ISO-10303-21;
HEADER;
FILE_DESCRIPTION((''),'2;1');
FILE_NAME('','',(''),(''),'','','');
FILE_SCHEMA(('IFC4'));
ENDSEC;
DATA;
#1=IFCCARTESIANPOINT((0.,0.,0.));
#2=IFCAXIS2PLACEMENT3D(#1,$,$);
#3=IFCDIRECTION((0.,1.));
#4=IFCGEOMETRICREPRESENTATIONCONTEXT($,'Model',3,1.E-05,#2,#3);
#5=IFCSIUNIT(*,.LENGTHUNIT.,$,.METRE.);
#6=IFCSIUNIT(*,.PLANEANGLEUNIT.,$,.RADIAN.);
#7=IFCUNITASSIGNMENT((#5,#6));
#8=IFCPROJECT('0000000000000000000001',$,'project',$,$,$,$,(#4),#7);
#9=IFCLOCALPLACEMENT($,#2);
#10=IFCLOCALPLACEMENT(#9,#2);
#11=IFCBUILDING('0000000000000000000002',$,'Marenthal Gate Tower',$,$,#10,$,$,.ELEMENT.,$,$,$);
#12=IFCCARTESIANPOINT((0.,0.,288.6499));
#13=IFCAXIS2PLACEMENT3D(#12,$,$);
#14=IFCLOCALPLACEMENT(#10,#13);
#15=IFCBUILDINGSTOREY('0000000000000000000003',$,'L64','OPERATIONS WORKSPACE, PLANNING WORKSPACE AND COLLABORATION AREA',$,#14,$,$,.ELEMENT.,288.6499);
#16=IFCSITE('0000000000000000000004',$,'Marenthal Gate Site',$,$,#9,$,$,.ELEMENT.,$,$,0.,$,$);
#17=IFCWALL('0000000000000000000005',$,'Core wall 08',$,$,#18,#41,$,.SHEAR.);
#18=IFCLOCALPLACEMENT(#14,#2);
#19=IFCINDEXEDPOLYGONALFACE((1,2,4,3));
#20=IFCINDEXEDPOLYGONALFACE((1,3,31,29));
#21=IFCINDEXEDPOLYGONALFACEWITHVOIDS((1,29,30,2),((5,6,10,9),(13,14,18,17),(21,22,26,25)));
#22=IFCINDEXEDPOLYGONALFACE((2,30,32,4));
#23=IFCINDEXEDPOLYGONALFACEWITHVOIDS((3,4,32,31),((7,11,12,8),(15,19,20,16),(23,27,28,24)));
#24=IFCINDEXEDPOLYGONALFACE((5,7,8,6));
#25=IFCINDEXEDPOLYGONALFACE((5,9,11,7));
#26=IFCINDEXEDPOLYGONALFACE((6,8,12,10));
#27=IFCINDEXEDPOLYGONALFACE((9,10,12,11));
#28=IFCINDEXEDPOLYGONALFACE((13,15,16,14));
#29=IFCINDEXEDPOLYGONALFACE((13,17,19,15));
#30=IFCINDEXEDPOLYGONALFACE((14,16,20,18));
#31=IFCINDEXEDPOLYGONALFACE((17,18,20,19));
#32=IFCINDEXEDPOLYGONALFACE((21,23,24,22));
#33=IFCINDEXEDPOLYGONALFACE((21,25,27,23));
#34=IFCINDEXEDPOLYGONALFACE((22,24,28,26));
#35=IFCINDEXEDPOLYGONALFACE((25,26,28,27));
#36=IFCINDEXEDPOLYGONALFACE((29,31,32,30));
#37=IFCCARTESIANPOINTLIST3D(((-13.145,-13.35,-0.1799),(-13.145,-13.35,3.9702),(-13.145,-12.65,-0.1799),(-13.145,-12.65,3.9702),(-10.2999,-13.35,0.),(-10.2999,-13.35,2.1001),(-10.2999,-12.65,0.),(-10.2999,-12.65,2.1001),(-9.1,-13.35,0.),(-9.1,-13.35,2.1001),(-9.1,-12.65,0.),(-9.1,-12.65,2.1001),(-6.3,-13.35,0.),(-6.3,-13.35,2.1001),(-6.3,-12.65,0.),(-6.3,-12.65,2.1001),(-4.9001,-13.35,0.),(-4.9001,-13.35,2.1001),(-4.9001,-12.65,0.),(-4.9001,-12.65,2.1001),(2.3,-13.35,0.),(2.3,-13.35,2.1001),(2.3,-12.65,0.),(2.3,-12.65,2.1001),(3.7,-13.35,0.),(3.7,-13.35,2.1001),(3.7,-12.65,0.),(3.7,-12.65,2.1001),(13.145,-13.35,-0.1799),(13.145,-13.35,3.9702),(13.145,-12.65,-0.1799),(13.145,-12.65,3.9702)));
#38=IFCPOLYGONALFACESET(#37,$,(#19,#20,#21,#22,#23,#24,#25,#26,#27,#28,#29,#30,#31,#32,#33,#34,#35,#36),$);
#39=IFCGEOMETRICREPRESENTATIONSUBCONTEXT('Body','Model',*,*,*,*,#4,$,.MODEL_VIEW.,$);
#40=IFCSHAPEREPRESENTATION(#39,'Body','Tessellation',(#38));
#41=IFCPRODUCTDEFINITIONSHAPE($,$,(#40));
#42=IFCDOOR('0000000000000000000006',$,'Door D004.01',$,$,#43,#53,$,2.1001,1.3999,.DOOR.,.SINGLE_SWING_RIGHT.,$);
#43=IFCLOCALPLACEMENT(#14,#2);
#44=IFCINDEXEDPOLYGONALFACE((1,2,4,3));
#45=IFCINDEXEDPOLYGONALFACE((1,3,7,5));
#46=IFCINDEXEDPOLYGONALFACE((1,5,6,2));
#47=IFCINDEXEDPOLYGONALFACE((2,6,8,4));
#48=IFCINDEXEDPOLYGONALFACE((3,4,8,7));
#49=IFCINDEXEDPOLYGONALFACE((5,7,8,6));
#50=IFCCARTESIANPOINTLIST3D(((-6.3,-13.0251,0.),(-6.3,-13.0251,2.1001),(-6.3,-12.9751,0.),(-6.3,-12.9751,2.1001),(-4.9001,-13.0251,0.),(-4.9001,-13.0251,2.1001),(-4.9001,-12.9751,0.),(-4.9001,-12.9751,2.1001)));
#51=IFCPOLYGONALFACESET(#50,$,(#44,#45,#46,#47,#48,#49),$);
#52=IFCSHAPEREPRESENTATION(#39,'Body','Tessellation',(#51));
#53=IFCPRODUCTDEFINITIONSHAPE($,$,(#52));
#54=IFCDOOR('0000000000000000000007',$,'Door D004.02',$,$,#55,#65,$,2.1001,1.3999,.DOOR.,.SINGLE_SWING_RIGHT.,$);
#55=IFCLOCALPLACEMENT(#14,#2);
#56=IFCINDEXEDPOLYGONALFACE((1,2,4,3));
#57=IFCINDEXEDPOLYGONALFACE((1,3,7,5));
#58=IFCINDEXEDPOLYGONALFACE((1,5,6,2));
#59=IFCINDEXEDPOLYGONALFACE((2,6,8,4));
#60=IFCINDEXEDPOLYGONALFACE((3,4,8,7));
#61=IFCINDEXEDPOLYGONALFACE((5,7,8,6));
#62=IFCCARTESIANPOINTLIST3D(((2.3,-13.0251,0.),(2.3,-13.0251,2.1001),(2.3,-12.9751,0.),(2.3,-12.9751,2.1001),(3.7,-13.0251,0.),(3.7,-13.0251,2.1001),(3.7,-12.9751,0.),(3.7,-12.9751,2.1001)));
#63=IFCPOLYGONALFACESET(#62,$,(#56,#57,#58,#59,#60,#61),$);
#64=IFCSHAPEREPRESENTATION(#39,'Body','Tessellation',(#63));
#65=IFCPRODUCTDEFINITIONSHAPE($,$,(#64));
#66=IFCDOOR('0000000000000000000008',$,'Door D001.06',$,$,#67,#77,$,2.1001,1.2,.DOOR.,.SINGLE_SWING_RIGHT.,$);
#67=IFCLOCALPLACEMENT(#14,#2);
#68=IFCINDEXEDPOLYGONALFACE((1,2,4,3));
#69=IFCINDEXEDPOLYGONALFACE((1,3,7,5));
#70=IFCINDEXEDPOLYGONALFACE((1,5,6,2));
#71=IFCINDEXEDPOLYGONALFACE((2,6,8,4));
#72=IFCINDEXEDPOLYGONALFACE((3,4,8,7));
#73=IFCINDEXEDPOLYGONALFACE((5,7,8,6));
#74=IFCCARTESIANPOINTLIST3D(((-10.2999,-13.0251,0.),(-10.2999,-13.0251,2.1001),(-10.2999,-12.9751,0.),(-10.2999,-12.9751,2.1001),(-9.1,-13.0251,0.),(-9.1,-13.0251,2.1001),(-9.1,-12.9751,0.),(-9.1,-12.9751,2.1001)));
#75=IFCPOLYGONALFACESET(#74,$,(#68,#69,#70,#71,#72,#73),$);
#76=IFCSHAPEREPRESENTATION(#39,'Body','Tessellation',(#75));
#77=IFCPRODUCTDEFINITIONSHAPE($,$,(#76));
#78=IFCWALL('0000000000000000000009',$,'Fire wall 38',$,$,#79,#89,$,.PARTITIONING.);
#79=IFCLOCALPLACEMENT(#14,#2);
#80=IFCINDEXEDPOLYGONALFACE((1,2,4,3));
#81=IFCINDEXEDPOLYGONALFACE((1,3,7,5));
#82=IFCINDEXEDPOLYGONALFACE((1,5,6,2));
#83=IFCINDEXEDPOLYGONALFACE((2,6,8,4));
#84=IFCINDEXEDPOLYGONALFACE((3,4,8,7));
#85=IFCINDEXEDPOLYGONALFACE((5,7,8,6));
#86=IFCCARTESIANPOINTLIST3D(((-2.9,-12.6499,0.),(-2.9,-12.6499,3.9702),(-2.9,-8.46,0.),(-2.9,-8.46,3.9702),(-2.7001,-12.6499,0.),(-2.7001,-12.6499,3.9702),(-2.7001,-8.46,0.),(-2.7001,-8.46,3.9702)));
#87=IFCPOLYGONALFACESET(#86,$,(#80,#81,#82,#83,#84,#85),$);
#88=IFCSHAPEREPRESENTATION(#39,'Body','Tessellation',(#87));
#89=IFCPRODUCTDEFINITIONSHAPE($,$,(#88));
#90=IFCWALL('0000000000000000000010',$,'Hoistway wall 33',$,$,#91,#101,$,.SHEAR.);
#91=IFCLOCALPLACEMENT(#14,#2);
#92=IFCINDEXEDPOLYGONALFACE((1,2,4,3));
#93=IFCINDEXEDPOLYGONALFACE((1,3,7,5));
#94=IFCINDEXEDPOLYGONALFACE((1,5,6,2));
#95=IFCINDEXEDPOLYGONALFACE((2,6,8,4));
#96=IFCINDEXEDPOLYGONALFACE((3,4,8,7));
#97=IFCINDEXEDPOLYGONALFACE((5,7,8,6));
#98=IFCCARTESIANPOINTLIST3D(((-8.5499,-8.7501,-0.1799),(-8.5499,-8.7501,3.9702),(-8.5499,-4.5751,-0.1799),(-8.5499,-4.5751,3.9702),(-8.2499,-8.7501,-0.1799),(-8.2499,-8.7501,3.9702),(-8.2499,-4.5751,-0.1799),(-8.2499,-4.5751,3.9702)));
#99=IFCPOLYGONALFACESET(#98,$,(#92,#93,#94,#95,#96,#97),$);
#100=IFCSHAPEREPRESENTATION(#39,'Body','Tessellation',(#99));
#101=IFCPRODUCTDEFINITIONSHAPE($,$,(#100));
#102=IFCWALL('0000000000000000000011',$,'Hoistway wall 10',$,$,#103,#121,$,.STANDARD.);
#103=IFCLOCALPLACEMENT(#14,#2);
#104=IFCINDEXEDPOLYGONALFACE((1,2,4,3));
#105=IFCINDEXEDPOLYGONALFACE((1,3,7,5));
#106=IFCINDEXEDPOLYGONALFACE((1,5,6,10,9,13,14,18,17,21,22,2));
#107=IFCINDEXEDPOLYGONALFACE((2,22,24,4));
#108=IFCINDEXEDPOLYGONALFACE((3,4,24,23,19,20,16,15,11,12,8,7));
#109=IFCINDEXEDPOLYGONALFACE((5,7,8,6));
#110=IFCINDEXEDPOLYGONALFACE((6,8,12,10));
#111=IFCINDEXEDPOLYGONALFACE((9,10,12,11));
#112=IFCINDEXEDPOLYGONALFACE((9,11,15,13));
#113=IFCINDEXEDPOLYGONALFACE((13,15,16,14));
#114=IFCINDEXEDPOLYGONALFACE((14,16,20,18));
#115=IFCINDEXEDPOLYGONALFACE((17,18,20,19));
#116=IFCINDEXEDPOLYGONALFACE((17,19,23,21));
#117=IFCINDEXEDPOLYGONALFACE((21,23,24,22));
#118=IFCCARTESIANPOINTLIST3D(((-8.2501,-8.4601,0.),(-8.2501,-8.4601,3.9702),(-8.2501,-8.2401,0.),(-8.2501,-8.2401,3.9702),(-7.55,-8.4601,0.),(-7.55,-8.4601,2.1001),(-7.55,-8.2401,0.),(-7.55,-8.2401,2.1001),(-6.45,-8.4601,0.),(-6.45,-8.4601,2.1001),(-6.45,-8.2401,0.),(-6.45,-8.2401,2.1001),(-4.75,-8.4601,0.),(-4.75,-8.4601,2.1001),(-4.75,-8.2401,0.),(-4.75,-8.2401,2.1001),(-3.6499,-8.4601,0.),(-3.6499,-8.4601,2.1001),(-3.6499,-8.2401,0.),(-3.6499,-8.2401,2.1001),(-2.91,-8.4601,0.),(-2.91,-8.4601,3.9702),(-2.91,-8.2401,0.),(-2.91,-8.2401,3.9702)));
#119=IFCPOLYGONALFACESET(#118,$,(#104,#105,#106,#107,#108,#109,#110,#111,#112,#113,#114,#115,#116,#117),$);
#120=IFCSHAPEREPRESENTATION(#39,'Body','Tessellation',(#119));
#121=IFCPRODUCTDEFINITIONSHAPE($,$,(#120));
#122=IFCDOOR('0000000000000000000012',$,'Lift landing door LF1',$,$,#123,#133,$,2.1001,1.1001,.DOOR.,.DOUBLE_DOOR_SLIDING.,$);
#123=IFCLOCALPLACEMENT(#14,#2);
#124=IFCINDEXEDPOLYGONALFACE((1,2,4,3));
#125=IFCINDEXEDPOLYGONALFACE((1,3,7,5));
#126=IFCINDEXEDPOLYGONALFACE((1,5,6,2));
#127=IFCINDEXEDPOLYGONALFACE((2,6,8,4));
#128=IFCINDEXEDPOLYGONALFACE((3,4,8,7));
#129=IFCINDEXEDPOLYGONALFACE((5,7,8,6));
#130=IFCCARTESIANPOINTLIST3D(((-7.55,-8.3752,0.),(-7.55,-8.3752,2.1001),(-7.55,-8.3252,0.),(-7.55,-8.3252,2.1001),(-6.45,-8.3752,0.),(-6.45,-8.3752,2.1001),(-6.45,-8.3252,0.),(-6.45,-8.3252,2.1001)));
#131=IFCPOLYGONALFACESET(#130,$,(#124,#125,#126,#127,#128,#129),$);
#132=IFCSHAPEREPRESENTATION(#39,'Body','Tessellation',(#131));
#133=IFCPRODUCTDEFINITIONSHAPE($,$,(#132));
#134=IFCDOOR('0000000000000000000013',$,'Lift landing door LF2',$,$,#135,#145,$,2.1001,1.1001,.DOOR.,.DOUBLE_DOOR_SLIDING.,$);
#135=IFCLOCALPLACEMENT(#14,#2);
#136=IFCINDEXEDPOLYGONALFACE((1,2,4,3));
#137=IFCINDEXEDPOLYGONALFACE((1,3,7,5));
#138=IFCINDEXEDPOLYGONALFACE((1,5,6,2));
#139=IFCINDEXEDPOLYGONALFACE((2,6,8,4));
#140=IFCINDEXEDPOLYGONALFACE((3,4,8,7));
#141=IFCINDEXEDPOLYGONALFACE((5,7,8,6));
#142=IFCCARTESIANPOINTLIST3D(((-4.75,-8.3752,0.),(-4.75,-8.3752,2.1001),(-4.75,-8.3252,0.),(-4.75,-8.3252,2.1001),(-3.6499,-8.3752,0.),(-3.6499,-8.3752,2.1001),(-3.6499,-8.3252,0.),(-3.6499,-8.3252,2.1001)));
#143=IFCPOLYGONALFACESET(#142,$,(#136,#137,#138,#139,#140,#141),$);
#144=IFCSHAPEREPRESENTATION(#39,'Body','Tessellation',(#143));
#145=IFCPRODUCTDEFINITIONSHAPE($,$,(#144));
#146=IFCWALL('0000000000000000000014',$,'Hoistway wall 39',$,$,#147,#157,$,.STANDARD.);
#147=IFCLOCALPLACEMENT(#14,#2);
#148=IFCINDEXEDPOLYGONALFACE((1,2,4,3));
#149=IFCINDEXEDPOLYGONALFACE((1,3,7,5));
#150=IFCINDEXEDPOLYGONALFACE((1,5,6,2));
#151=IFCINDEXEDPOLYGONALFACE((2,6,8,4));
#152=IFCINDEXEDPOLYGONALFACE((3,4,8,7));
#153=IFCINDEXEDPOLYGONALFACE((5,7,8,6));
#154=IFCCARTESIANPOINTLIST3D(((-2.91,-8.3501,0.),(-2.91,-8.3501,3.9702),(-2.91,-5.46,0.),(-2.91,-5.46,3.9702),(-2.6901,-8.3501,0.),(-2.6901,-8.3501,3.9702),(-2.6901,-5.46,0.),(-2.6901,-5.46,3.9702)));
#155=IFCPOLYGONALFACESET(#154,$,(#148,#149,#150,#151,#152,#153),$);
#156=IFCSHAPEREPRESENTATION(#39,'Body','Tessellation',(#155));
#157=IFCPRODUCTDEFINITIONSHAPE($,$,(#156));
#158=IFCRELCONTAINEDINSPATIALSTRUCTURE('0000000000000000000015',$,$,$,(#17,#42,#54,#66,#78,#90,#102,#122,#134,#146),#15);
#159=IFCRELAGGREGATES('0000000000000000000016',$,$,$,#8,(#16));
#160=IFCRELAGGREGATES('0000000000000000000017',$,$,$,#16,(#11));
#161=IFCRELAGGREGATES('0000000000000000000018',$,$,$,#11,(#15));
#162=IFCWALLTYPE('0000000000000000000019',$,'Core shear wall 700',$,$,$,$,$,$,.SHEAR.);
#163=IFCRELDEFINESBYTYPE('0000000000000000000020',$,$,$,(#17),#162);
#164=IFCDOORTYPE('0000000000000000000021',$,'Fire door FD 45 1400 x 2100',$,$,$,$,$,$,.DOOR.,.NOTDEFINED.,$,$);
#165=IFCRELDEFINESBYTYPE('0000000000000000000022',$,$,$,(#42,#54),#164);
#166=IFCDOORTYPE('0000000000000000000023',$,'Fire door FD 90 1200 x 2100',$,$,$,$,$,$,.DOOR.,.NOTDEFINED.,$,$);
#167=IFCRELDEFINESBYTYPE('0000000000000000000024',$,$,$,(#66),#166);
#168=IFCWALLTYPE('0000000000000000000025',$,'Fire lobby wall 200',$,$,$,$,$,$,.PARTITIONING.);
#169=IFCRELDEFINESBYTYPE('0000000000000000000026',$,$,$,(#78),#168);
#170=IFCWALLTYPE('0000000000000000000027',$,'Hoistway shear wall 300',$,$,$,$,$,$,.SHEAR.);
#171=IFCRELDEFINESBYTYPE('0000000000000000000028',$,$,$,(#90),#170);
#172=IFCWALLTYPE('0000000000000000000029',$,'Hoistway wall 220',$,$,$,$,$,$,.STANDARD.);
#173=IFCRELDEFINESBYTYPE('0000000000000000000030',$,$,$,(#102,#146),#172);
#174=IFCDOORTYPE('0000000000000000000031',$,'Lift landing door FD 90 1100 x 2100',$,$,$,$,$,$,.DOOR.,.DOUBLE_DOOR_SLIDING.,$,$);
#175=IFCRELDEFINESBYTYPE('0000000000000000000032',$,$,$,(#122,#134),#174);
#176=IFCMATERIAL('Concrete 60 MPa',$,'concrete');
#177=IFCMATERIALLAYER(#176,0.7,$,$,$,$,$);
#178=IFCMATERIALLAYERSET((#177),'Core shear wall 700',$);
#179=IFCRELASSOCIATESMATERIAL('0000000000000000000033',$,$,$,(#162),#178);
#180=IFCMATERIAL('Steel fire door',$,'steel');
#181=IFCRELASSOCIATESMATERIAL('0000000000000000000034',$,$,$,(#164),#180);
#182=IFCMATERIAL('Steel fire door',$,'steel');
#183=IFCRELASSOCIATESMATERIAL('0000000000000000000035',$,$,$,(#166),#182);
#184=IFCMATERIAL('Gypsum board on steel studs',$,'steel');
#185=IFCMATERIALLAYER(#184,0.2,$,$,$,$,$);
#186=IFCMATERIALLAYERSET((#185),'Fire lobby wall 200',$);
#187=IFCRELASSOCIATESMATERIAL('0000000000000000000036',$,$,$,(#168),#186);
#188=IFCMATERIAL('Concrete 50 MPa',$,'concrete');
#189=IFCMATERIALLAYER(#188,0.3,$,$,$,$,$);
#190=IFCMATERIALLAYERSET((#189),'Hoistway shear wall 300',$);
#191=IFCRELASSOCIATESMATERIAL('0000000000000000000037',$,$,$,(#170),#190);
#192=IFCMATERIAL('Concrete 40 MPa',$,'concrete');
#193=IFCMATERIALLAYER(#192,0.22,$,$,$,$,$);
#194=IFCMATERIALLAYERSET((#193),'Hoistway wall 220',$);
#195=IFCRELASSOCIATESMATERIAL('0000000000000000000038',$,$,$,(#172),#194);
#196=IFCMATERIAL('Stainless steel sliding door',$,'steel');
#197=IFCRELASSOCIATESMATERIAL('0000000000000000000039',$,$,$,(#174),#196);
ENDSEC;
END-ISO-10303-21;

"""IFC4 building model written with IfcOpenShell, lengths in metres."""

from ifc_helpers import new_model, si_unit, direction, frame, frame_2d, origin, place, context, subcontext, project, spatial, rectangle, extrude, material, layer, layer_set, type_object, element, fill, save


model = new_model("IFC4")

# Units and contexts
model_context = context("Model", 3, precision=1e-05, world=origin(), true_north=direction((0.0, 1.0)))
body_context = subcontext(model_context, "Body", "Model", "MODEL_VIEW")
ifc_project = project(units=[si_unit("LENGTHUNIT", "METRE"), si_unit("PLANEANGLEUNIT", "RADIAN")], contexts=[model_context])

# Site, building, storey
site_placement = place(None, origin())
site = spatial("IfcSite", under=ifc_project, at=site_placement, Name="Marenthal Gate Site", CompositionType="ELEMENT", RefElevation=0.0)
building_placement = place(site_placement, origin())
building = spatial("IfcBuilding", under=site, at=building_placement, Name="Marenthal Gate Tower", CompositionType="ELEMENT")
storey_placement = place(building_placement, frame((0.0, 0.0, 288.6499)))
storey = spatial("IfcBuildingStorey", under=building, at=storey_placement, Name="L64", Description="OPERATIONS WORKSPACE, PLANNING WORKSPACE AND COLLABORATION AREA", CompositionType="ELEMENT", Elevation=288.6499)

# Wall, openings, doors
ifc_material_1 = material(Name="Concrete 60 MPa", Category="concrete")
ifc_layer_1 = layer(ifc_material_1, 0.7)
ifc_layer_set_1 = layer_set([ifc_layer_1], Name="Core shear wall 700")
wall_type_1 = type_object("IfcWallType", Name="Core shear wall 700", PredefinedType="SHEAR", material=ifc_layer_set_1)
wall_1_placement = place(storey_placement, frame((-13.145, -13.0, -0.1799), z_axis=(0.0, 0.0, 1.0), x_axis=(1.0, 0.0, 0.0)))
wall_1 = element("IfcWall", 1, at=wall_1_placement, inside=storey, type_object=wall_type_1, Name="Core wall 08", PredefinedType="SHEAR", context=body_context, shape_type="SweptSolid", body=[
    extrude(rectangle(XDim=26.29, YDim=0.7, at=frame_2d((13.145, 0.0))), origin(), (0.0, 0.0, 1.0), 4.1501),
])
opening_1_placement = place(wall_1_placement, frame((2.845, 0.0, 0.1799)))
opening_1 = element("IfcOpeningElement", 2, at=opening_1_placement, cuts=wall_1, PredefinedType="OPENING", context=body_context, shape_type="SweptSolid", body=[
    extrude(rectangle(XDim=1.2, YDim=2.1001, at=frame_2d((0.6001, 1.05))), frame((0.0, 0.3599, 0.0), z_axis=(0.0, -1.0, 0.0), x_axis=(1.0, 0.0, 0.0)), (0.0, 0.0, 1.0), 0.72),
])
opening_2_placement = place(wall_1_placement, frame((6.845, 0.0, 0.1799)))
opening_2 = element("IfcOpeningElement", 3, at=opening_2_placement, cuts=wall_1, PredefinedType="OPENING", context=body_context, shape_type="SweptSolid", body=[
    extrude(rectangle(XDim=1.3999, YDim=2.1001, at=frame_2d((0.7, 1.05))), frame((0.0, 0.3599, 0.0), z_axis=(0.0, -1.0, 0.0), x_axis=(1.0, 0.0, 0.0)), (0.0, 0.0, 1.0), 0.72),
])
opening_3_placement = place(wall_1_placement, frame((15.4451, 0.0, 0.1799)))
opening_3 = element("IfcOpeningElement", 4, at=opening_3_placement, cuts=wall_1, PredefinedType="OPENING", context=body_context, shape_type="SweptSolid", body=[
    extrude(rectangle(XDim=1.3999, YDim=2.1001, at=frame_2d((0.7, 1.05))), frame((0.0, 0.3599, 0.0), z_axis=(0.0, -1.0, 0.0), x_axis=(1.0, 0.0, 0.0)), (0.0, 0.0, 1.0), 0.72),
])
ifc_material_2 = material(Name="Steel fire door", Category="steel")
door_type_1 = type_object("IfcDoorType", Name="Fire door FD 45 1400 x 2100", OperationType="NOTDEFINED", PredefinedType="DOOR", material=ifc_material_2)
door_1_placement = place(opening_2_placement, origin())
door_1 = element("IfcDoor", 5, at=door_1_placement, inside=storey, type_object=door_type_1, Name="Door D004.01", OperationType="SINGLE_SWING_RIGHT", OverallHeight=2.1001, OverallWidth=1.3999, PredefinedType="DOOR", context=body_context, shape_type="SweptSolid", body=[
    extrude(rectangle(XDim=1.3999, YDim=2.1001, at=frame_2d((0.7, 1.05))), frame((0.0, 0.0249, 0.0), z_axis=(0.0, -1.0, 0.0), x_axis=(1.0, 0.0, 0.0)), (0.0, 0.0, 1.0), 0.05),
])
fill(opening_2, door_1)
door_2_placement = place(opening_3_placement, origin())
door_2 = element("IfcDoor", 6, at=door_2_placement, inside=storey, type_object=door_type_1, Name="Door D004.02", OperationType="SINGLE_SWING_RIGHT", OverallHeight=2.1001, OverallWidth=1.3999, PredefinedType="DOOR", context=body_context, shape_type="SweptSolid", body=[
    extrude(rectangle(XDim=1.3999, YDim=2.1001, at=frame_2d((0.7, 1.05))), frame((0.0, 0.0249, 0.0), z_axis=(0.0, -1.0, 0.0), x_axis=(1.0, 0.0, 0.0)), (0.0, 0.0, 1.0), 0.05),
])
fill(opening_3, door_2)
ifc_material_3 = material(Name="Steel fire door", Category="steel")
door_type_2 = type_object("IfcDoorType", Name="Fire door FD 90 1200 x 2100", OperationType="NOTDEFINED", PredefinedType="DOOR", material=ifc_material_3)
door_3_placement = place(opening_1_placement, origin())
door_3 = element("IfcDoor", 7, at=door_3_placement, inside=storey, type_object=door_type_2, Name="Door D001.06", OperationType="SINGLE_SWING_RIGHT", OverallHeight=2.1001, OverallWidth=1.2, PredefinedType="DOOR", context=body_context, shape_type="SweptSolid", body=[
    extrude(rectangle(XDim=1.2, YDim=2.1001, at=frame_2d((0.6001, 1.05))), frame((0.0, 0.0249, 0.0), z_axis=(0.0, -1.0, 0.0), x_axis=(1.0, 0.0, 0.0)), (0.0, 0.0, 1.0), 0.05),
])
fill(opening_1, door_3)

# Walls
ifc_material_4 = material(Name="Gypsum board on steel studs", Category="steel")
ifc_layer_2 = layer(ifc_material_4, 0.2)
ifc_layer_set_2 = layer_set([ifc_layer_2], Name="Fire lobby wall 200")
wall_type_2 = type_object("IfcWallType", Name="Fire lobby wall 200", PredefinedType="PARTITIONING", material=ifc_layer_set_2)
wall_2_placement = place(storey_placement, frame((-2.8, -12.6499, 0.0), z_axis=(0.0, 0.0, 1.0), x_axis=(0.0, 1.0, 0.0)))
element("IfcWall", 8, at=wall_2_placement, inside=storey, type_object=wall_type_2, Name="Fire wall 38", PredefinedType="PARTITIONING", context=body_context, shape_type="SweptSolid", body=[
    extrude(rectangle(XDim=4.1899, YDim=0.2, at=frame_2d((2.095, 0.0))), origin(), (0.0, 0.0, 1.0), 3.9702),
])
ifc_material_5 = material(Name="Concrete 50 MPa", Category="concrete")
ifc_layer_3 = layer(ifc_material_5, 0.3)
ifc_layer_set_3 = layer_set([ifc_layer_3], Name="Hoistway shear wall 300")
wall_type_3 = type_object("IfcWallType", Name="Hoistway shear wall 300", PredefinedType="SHEAR", material=ifc_layer_set_3)
wall_3_placement = place(storey_placement, frame((-8.3999, -8.75, -0.1799), z_axis=(0.0, 0.0, 1.0), x_axis=(0.0, 1.0, 0.0)))
element("IfcWall", 9, at=wall_3_placement, inside=storey, type_object=wall_type_3, Name="Hoistway wall 33", PredefinedType="SHEAR", context=body_context, shape_type="SweptSolid", body=[
    extrude(rectangle(XDim=4.175, YDim=0.3, at=frame_2d((2.0874, 0.0))), origin(), (0.0, 0.0, 1.0), 4.1501),
])

# Wall, openings, doors
ifc_material_6 = material(Name="Concrete 40 MPa", Category="concrete")
ifc_layer_4 = layer(ifc_material_6, 0.22)
ifc_layer_set_4 = layer_set([ifc_layer_4], Name="Hoistway wall 220")
wall_type_4 = type_object("IfcWallType", Name="Hoistway wall 220", PredefinedType="STANDARD", material=ifc_layer_set_4)
wall_4_placement = place(storey_placement, frame((-8.25, -8.3501, 0.0), z_axis=(0.0, 0.0, 1.0), x_axis=(1.0, 0.0, 0.0)))
wall_4 = element("IfcWall", 10, at=wall_4_placement, inside=storey, type_object=wall_type_4, Name="Hoistway wall 10", PredefinedType="STANDARD", context=body_context, shape_type="SweptSolid", body=[
    extrude(rectangle(XDim=5.3401, YDim=0.22, at=frame_2d((2.6699, 0.0))), origin(), (0.0, 0.0, 1.0), 3.9702),
])
opening_4_placement = place(wall_4_placement, frame((0.7, 0.0, 0.0)))
opening_4 = element("IfcOpeningElement", 11, at=opening_4_placement, cuts=wall_4, PredefinedType="OPENING", context=body_context, shape_type="SweptSolid", body=[
    extrude(rectangle(XDim=1.1001, YDim=2.1001, at=frame_2d((0.55, 1.05))), frame((0.0, 0.1201, 0.0), z_axis=(0.0, -1.0, 0.0), x_axis=(1.0, 0.0, 0.0)), (0.0, 0.0, 1.0), 0.24),
])
opening_5_placement = place(wall_4_placement, frame((3.5, 0.0, 0.0)))
opening_5 = element("IfcOpeningElement", 12, at=opening_5_placement, cuts=wall_4, PredefinedType="OPENING", context=body_context, shape_type="SweptSolid", body=[
    extrude(rectangle(XDim=1.1001, YDim=2.1001, at=frame_2d((0.55, 1.05))), frame((0.0, 0.1201, 0.0), z_axis=(0.0, -1.0, 0.0), x_axis=(1.0, 0.0, 0.0)), (0.0, 0.0, 1.0), 0.24),
])
ifc_material_7 = material(Name="Stainless steel sliding door", Category="steel")
door_type_3 = type_object("IfcDoorType", Name="Lift landing door FD 90 1100 x 2100", OperationType="DOUBLE_DOOR_SLIDING", PredefinedType="DOOR", material=ifc_material_7)
door_4_placement = place(opening_4_placement, origin())
door_4 = element("IfcDoor", 13, at=door_4_placement, inside=storey, type_object=door_type_3, Name="Lift landing door LF1", OperationType="DOUBLE_DOOR_SLIDING", OverallHeight=2.1001, OverallWidth=1.1001, PredefinedType="DOOR", context=body_context, shape_type="SweptSolid", body=[
    extrude(rectangle(XDim=1.1001, YDim=2.1001, at=frame_2d((0.55, 1.05))), frame((0.0, 0.0249, 0.0), z_axis=(0.0, -1.0, 0.0), x_axis=(1.0, 0.0, 0.0)), (0.0, 0.0, 1.0), 0.05),
])
fill(opening_4, door_4)
door_5_placement = place(opening_5_placement, origin())
door_5 = element("IfcDoor", 14, at=door_5_placement, inside=storey, type_object=door_type_3, Name="Lift landing door LF2", OperationType="DOUBLE_DOOR_SLIDING", OverallHeight=2.1001, OverallWidth=1.1001, PredefinedType="DOOR", context=body_context, shape_type="SweptSolid", body=[
    extrude(rectangle(XDim=1.1001, YDim=2.1001, at=frame_2d((0.55, 1.05))), frame((0.0, 0.0249, 0.0), z_axis=(0.0, -1.0, 0.0), x_axis=(1.0, 0.0, 0.0)), (0.0, 0.0, 1.0), 0.05),
])
fill(opening_5, door_5)

# Wall
wall_5_placement = place(storey_placement, frame((-2.8, -8.3501, 0.0), z_axis=(0.0, 0.0, 1.0), x_axis=(0.0, 1.0, 0.0)))
element("IfcWall", 15, at=wall_5_placement, inside=storey, type_object=wall_type_4, Name="Hoistway wall 39", PredefinedType="STANDARD", context=body_context, shape_type="SweptSolid", body=[
    extrude(rectangle(XDim=2.8901, YDim=0.22, at=frame_2d((1.4451, 0.0))), origin(), (0.0, 0.0, 1.0), 3.9702),
])

save(model, "model.ifc")
